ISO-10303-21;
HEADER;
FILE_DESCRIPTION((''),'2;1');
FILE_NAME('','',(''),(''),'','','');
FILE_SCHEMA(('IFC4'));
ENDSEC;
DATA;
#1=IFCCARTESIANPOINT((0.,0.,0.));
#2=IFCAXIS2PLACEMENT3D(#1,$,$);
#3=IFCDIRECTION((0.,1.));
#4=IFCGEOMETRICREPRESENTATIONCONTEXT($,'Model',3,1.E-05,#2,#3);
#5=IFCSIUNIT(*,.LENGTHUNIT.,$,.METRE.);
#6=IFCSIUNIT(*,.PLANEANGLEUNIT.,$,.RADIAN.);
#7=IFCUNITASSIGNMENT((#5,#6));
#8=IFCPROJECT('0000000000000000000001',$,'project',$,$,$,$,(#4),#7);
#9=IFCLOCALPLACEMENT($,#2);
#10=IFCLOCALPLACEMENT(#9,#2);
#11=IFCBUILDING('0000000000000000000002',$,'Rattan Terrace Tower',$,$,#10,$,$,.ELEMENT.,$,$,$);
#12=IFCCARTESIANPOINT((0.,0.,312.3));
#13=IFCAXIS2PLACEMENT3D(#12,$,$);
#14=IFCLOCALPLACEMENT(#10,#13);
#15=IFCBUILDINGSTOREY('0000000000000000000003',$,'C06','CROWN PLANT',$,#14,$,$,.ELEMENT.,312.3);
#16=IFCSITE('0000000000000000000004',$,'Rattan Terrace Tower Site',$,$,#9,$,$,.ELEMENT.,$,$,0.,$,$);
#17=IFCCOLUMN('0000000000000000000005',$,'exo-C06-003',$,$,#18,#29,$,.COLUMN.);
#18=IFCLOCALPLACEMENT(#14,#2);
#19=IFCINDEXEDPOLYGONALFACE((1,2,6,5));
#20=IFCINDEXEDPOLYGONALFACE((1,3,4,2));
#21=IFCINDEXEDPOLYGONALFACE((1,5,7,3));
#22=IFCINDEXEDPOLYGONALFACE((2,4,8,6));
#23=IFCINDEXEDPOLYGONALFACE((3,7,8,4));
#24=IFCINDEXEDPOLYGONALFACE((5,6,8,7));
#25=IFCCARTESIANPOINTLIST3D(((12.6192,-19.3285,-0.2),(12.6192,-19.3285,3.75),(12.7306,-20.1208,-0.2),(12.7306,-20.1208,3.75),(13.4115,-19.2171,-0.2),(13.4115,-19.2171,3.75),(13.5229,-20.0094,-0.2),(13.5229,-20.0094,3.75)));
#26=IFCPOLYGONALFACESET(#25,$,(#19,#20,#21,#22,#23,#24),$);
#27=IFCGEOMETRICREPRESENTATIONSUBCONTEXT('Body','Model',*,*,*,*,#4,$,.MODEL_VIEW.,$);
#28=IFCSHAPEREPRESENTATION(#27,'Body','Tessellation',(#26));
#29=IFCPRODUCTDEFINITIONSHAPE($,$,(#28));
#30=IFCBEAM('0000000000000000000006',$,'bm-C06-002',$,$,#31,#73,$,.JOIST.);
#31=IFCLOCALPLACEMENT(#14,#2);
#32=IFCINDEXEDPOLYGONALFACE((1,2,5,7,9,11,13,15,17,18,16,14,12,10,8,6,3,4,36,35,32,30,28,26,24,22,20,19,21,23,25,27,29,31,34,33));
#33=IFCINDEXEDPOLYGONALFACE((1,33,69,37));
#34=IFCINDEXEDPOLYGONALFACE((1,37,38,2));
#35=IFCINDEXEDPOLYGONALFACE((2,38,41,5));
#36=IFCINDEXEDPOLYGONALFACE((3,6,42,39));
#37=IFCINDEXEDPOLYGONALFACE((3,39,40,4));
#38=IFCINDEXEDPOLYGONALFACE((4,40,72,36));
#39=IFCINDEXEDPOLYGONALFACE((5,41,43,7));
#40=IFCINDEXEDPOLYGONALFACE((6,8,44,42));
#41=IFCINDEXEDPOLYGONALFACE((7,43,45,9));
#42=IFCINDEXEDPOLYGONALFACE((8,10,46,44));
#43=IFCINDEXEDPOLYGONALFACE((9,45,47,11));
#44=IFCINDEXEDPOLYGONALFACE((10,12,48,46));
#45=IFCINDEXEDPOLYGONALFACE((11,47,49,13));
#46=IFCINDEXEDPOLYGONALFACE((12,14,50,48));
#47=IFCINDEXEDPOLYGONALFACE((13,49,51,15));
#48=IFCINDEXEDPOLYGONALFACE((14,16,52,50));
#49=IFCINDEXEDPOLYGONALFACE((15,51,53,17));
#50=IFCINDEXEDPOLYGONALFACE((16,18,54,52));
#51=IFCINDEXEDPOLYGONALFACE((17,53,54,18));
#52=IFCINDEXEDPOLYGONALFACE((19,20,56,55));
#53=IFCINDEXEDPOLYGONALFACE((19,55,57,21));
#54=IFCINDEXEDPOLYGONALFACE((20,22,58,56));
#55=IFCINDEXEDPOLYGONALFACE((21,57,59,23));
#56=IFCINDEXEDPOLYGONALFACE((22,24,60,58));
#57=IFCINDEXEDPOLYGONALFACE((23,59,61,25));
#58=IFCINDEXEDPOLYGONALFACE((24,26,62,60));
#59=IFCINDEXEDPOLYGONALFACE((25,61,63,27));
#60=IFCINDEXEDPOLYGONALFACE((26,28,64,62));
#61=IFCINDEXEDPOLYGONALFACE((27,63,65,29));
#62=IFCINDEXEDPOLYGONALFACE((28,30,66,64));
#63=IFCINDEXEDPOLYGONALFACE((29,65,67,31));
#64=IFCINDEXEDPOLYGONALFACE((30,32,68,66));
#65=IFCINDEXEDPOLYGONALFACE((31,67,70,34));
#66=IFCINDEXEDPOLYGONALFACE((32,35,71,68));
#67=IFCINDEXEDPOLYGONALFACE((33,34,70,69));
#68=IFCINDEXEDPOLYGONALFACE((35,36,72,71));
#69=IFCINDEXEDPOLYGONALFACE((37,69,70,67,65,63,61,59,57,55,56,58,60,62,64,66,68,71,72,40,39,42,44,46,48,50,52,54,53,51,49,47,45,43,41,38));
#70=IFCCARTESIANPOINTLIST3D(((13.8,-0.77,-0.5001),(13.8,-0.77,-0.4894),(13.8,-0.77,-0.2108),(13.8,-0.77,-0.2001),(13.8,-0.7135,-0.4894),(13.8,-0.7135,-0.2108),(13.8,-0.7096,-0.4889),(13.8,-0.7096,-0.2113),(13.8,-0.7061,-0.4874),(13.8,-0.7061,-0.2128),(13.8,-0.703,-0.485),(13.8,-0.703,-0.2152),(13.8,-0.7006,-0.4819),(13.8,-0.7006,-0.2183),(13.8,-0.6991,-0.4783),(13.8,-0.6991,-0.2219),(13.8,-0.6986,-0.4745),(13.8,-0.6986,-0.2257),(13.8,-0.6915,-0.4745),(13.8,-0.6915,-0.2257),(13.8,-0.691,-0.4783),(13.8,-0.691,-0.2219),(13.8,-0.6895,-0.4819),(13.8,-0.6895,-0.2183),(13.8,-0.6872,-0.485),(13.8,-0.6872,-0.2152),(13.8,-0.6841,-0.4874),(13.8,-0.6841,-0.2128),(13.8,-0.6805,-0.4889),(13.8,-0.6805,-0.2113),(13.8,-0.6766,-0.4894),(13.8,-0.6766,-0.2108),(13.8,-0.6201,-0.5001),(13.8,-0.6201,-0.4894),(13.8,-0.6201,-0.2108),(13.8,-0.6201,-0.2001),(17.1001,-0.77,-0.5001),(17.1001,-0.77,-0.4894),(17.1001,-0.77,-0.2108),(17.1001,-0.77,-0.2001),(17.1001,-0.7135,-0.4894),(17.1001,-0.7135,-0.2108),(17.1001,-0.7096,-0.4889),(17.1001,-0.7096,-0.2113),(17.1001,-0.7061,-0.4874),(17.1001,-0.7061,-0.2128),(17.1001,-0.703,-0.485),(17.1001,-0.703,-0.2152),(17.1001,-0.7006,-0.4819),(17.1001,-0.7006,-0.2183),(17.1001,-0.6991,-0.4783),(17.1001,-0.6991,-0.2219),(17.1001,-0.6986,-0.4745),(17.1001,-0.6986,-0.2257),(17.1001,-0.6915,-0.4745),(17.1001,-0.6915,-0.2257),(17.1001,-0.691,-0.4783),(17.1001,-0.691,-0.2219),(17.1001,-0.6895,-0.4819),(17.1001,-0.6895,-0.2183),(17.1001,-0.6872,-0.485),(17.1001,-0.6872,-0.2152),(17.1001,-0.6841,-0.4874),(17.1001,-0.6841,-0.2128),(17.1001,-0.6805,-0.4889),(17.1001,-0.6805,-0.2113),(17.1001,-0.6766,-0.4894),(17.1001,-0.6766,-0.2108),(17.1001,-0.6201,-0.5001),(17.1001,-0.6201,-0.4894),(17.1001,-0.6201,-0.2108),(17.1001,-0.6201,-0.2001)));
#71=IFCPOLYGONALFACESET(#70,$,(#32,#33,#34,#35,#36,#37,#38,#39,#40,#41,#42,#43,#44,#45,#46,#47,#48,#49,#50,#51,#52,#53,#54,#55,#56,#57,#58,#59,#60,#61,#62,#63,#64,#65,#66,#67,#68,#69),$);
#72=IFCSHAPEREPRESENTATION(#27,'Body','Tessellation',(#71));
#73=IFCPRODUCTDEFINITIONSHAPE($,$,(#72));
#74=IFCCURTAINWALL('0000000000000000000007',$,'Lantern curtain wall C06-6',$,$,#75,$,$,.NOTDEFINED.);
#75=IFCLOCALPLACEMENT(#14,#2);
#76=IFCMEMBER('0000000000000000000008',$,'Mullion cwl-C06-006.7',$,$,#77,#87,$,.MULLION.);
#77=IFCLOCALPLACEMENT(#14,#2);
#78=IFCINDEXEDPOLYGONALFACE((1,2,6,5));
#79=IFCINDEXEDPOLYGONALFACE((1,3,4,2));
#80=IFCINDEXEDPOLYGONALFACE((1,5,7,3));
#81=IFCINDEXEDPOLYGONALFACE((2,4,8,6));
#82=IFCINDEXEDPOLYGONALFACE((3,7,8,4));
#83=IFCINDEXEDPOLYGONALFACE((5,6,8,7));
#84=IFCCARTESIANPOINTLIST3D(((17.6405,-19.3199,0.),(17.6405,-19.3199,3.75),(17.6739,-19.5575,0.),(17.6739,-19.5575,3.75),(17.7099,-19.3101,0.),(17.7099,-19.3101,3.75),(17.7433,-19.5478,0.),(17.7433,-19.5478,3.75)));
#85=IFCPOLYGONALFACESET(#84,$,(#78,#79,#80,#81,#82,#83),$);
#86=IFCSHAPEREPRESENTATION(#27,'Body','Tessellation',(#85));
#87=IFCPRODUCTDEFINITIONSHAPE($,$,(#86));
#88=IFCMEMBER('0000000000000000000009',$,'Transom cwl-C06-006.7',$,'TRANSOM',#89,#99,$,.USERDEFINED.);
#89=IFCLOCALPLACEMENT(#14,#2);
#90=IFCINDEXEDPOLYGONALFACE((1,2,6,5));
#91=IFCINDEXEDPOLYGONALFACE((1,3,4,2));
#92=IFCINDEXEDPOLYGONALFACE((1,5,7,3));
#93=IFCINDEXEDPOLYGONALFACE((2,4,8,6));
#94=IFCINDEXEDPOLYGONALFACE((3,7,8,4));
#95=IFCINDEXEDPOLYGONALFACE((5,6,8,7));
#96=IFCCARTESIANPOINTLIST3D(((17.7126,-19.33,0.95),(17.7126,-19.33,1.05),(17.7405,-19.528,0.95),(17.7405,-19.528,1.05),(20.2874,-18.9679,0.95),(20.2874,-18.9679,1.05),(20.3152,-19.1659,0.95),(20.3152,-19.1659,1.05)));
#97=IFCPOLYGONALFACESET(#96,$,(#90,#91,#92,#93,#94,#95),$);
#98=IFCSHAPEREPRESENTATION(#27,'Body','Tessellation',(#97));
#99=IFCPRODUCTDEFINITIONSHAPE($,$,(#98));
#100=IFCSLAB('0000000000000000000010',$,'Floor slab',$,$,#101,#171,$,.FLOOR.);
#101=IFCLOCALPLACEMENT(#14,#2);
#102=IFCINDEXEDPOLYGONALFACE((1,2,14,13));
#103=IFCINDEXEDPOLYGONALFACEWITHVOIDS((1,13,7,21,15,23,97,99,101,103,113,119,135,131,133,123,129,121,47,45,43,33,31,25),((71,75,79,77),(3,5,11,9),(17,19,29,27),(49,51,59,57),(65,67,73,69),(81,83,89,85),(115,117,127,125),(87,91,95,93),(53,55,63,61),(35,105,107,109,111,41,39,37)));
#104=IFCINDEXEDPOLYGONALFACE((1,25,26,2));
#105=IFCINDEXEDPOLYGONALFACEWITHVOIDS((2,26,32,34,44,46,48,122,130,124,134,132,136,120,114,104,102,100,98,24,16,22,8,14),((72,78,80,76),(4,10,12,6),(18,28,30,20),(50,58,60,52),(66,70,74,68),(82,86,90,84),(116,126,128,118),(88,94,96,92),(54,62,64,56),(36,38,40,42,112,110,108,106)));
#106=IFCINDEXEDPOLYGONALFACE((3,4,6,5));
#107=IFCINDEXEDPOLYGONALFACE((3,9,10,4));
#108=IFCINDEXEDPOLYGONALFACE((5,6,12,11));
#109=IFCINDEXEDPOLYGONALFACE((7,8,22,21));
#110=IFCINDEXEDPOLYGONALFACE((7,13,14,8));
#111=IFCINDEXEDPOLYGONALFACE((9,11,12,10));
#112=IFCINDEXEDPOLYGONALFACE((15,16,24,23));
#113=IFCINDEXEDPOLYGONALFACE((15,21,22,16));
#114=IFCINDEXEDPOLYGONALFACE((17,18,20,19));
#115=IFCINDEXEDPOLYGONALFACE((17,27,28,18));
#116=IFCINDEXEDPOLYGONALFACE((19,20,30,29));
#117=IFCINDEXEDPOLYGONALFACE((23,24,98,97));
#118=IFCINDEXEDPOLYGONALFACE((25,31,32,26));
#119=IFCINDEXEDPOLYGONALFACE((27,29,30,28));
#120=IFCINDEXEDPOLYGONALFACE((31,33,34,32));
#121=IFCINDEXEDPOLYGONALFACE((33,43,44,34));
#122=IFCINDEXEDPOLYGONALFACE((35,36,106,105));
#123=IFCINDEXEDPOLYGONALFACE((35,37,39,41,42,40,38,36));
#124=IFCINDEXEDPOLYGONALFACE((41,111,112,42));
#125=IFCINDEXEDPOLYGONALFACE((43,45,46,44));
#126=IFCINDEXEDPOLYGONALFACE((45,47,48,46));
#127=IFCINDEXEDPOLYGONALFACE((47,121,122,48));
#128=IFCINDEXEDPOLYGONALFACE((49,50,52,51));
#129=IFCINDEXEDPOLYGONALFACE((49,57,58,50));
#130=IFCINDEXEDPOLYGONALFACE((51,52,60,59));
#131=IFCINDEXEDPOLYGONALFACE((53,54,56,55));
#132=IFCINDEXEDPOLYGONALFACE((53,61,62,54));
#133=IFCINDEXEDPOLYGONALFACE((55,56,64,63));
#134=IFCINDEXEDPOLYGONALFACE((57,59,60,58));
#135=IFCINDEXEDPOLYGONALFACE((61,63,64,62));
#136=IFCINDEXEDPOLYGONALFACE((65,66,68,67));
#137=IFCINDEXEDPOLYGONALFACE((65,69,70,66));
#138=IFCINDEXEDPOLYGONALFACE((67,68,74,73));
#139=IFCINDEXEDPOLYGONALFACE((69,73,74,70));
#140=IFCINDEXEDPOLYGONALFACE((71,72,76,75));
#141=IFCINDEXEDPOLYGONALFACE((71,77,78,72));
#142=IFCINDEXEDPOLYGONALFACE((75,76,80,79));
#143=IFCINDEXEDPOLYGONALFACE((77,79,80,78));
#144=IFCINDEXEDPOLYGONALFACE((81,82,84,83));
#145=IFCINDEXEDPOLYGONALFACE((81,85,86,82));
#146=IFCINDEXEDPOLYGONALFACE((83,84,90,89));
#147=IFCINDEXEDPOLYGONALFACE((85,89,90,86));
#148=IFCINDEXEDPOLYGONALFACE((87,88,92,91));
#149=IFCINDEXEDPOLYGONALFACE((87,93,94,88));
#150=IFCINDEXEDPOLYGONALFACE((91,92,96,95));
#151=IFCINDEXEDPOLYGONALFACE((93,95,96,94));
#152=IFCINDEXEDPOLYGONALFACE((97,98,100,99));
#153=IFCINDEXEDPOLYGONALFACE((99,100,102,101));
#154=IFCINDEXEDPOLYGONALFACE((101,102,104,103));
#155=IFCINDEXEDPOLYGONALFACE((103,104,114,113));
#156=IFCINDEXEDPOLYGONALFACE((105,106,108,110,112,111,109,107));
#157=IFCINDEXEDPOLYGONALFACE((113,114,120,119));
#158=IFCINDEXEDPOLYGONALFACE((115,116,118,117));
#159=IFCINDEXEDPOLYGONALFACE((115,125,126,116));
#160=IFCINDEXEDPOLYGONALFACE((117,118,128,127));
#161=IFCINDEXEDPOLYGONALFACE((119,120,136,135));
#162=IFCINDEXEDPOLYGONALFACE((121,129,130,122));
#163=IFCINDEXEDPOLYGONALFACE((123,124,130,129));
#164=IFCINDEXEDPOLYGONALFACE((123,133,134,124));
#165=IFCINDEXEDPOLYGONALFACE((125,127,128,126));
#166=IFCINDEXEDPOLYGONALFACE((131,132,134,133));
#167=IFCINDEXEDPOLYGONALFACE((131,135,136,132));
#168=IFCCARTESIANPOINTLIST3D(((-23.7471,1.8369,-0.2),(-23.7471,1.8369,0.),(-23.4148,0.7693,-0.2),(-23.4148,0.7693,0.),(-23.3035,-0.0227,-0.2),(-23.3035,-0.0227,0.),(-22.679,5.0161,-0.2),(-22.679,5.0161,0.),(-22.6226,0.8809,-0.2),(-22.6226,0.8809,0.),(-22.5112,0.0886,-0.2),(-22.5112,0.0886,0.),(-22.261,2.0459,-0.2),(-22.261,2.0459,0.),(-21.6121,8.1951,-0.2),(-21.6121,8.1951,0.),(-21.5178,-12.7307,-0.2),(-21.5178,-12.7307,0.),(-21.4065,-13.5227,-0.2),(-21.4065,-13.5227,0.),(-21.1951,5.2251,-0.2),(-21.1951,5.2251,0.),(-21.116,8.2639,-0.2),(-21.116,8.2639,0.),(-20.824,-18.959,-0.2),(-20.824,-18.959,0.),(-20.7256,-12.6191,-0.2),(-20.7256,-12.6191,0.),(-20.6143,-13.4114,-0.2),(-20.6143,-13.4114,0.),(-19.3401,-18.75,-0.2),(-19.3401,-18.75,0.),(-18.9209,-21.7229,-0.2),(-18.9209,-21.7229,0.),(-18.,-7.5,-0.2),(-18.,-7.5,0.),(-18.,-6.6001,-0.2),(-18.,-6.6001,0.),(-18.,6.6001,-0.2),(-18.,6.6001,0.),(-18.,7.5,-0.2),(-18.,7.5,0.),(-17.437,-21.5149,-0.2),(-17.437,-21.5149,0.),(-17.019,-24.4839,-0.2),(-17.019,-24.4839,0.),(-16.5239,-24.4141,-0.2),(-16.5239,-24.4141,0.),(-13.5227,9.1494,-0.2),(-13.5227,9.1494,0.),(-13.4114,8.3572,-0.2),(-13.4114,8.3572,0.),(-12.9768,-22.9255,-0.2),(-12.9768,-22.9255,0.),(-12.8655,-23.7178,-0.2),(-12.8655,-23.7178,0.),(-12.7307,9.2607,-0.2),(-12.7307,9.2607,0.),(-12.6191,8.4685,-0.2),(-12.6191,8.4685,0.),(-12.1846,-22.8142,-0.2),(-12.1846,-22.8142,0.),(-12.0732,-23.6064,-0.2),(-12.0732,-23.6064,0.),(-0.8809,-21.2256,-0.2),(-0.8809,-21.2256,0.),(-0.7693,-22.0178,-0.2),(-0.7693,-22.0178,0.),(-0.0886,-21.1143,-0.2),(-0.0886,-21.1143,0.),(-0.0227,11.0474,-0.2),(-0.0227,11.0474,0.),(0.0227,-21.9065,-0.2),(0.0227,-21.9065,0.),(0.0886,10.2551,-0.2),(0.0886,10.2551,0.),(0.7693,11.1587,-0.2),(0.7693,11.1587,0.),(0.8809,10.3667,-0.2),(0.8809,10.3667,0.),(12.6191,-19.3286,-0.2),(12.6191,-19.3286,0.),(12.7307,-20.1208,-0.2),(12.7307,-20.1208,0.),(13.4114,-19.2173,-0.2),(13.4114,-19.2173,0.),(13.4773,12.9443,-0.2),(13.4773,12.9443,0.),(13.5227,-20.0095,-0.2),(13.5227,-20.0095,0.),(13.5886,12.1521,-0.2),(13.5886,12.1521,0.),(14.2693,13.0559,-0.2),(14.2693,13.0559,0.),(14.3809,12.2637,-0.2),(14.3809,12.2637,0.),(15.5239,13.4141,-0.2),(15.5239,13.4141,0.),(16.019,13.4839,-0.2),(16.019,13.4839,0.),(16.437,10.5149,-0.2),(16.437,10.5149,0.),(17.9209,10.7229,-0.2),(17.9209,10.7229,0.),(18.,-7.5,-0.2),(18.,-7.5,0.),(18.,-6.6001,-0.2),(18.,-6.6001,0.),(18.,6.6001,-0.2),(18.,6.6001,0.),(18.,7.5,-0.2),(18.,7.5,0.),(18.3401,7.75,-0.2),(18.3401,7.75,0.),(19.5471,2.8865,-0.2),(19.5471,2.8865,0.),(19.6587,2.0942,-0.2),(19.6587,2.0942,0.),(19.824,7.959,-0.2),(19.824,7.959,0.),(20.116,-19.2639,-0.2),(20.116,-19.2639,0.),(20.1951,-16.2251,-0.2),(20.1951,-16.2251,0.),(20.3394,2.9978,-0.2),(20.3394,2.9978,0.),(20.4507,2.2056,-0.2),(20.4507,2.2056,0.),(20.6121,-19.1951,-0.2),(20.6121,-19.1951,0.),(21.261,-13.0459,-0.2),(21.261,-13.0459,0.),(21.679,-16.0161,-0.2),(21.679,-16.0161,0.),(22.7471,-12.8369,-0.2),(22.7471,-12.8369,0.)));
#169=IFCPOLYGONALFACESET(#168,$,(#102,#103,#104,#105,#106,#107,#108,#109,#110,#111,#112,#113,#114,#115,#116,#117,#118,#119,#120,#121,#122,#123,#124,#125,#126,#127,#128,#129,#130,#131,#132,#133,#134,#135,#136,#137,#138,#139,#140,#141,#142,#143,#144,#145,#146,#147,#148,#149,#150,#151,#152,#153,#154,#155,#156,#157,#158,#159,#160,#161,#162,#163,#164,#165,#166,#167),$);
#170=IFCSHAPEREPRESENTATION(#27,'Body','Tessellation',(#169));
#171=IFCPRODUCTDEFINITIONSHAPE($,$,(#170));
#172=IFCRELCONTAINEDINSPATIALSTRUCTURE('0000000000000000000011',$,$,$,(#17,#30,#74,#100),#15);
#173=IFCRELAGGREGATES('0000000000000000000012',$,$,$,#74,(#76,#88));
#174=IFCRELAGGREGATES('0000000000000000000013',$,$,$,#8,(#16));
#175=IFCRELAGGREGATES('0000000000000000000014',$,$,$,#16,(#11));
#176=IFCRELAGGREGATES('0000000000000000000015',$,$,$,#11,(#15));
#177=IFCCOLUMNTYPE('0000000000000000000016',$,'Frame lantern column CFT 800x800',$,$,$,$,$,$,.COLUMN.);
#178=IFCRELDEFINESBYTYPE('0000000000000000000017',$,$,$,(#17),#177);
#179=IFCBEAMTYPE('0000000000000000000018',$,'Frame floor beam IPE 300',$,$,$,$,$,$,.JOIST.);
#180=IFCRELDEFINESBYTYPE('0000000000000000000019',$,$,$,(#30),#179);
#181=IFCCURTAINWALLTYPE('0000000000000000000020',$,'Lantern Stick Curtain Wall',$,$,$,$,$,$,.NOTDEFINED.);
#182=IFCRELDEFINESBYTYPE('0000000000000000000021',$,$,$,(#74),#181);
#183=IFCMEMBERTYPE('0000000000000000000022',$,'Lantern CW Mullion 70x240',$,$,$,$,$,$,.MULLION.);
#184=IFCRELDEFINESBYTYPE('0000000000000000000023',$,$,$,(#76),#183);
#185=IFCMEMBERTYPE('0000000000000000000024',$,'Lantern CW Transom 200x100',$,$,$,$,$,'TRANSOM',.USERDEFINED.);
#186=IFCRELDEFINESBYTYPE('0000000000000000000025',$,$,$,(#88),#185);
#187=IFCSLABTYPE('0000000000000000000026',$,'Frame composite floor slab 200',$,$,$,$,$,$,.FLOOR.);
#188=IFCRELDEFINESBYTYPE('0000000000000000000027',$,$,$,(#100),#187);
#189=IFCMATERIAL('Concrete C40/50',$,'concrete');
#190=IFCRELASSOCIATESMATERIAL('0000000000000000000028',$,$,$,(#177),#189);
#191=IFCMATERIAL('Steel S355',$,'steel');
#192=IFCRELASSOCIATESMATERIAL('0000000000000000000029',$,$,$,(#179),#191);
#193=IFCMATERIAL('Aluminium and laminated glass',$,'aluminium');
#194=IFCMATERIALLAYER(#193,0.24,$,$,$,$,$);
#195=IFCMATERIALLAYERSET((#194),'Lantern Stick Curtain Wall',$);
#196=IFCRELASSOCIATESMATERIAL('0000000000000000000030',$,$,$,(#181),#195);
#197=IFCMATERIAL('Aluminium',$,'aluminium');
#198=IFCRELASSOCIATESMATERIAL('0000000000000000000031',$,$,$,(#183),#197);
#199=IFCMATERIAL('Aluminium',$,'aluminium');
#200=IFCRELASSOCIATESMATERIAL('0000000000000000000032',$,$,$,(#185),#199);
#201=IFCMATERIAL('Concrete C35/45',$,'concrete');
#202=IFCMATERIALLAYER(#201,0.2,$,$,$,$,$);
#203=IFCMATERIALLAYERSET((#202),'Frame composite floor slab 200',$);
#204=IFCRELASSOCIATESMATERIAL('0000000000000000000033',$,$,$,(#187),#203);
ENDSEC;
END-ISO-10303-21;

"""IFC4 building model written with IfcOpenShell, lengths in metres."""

from ifc_helpers import new_model, si_unit, direction, frame, origin, origin_2d, place, context, subcontext, project, spatial, polyline, rectangle, i_section, outline, extrude, material, layer, layer_set, material_profile, profile_set, type_object, element, aggregate, save


model = new_model("IFC4")

# Units and contexts
model_context = context("Model", 3, precision=1e-05, world=origin(), true_north=direction((0.0, 1.0)))
body_context = subcontext(model_context, "Body", "Model", "MODEL_VIEW")
ifc_project = project(units=[si_unit("LENGTHUNIT", "METRE"), si_unit("PLANEANGLEUNIT", "RADIAN")], contexts=[model_context])

# Site, building, storey
site_placement = place(None, origin())
site = spatial("IfcSite", under=ifc_project, at=site_placement, Name="Rattan Terrace Tower Site", CompositionType="ELEMENT", RefElevation=0.0)
building_placement = place(site_placement, origin())
building = spatial("IfcBuilding", under=site, at=building_placement, Name="Rattan Terrace Tower", CompositionType="ELEMENT")
storey_placement = place(building_placement, frame((0.0, 0.0, 312.3)))
storey = spatial("IfcBuildingStorey", under=building, at=storey_placement, Name="C06", Description="CROWN PLANT", CompositionType="ELEMENT", Elevation=312.3)

# Column
ifc_material_1 = material(Name="Concrete C40/50", Category="concrete")
ifc_material_profile_1 = material_profile(ifc_material_1, rectangle(XDim=0.8, YDim=0.8, at=origin_2d()), Name="CFT 800x800")
ifc_profile_set_1 = profile_set([ifc_material_profile_1], Name="Concrete C40/50")
column_type = type_object("IfcColumnType", Name="Frame lantern column CFT 800x800", PredefinedType="COLUMN", material=ifc_profile_set_1)
column_placement = place(storey_placement, frame((13.071, -19.6689, -0.2), z_axis=(0.0, 0.0, 1.0), x_axis=(0.990266, 0.13919, 0.0)))
element("IfcColumn", 1, at=column_placement, inside=storey, type_object=column_type, Name="exo-C06-003", PredefinedType="COLUMN", context=body_context, shape_type="SweptSolid", body=[
    extrude(rectangle(XDim=0.8, YDim=0.8, at=origin_2d()), origin(), (0.0, 0.0, 1.0), 3.95),
])

# Beam
ifc_material_2 = material(Name="Steel S355", Category="steel")
ifc_material_profile_2 = material_profile(ifc_material_2, i_section(OverallWidth=0.1499, OverallDepth=0.3, WebThickness=0.0071, FlangeThickness=0.0107, FilletRadius=0.0149, at=origin_2d()), Name="IPE 300")
ifc_profile_set_2 = profile_set([ifc_material_profile_2], Name="Steel S355")
beam_type = type_object("IfcBeamType", Name="Frame floor beam IPE 300", PredefinedType="JOIST", material=ifc_profile_set_2)
beam_placement = place(storey_placement, frame((13.8, -0.6951, -0.3501), z_axis=(1.0, 0.0, 0.0), x_axis=(0.0, 1.0, 0.0)))
element("IfcBeam", 2, at=beam_placement, inside=storey, type_object=beam_type, Name="bm-C06-002", PredefinedType="JOIST", context=body_context, shape_type="SweptSolid", body=[
    extrude(i_section(OverallWidth=0.1499, OverallDepth=0.3, WebThickness=0.0071, FlangeThickness=0.0107, FilletRadius=0.0149, at=origin_2d()), origin(), (0.0, 0.0, 1.0), 3.3),
])

# Curtain wall, members
ifc_material_3 = material(Name="Aluminium and laminated glass", Category="aluminium")
ifc_layer_1 = layer(ifc_material_3, 0.24)
ifc_layer_set_1 = layer_set([ifc_layer_1], Name="Lantern Stick Curtain Wall")
curtain_wall_type = type_object("IfcCurtainWallType", Name="Lantern Stick Curtain Wall", PredefinedType="NOTDEFINED", material=ifc_layer_set_1)
curtain_wall_placement = place(storey_placement, origin())
curtain_wall = element("IfcCurtainWall", 3, at=curtain_wall_placement, inside=storey, type_object=curtain_wall_type, Name="Lantern curtain wall C06-6", PredefinedType="NOTDEFINED")
ifc_material_4 = material(Name="Aluminium", Category="aluminium")
ifc_material_profile_3 = material_profile(ifc_material_4, rectangle(XDim=0.0701, YDim=0.24, at=origin_2d()), Name="Aluminium 70x240")
ifc_profile_set_3 = profile_set([ifc_material_profile_3], Name="Aluminium")
member_type_1 = type_object("IfcMemberType", Name="Lantern CW Mullion 70x240", PredefinedType="MULLION", material=ifc_profile_set_3)
member_1_placement = place(storey_placement, frame((17.6919, -19.4338, 0.0), z_axis=(0.0, 0.0, 1.0), x_axis=(0.990267, 0.139181, 0.0)))
member_1 = element("IfcMember", 4, at=member_1_placement, type_object=member_type_1, Name="Mullion cwl-C06-006.7", PredefinedType="MULLION", context=body_context, shape_type="SweptSolid", body=[
    extrude(rectangle(XDim=0.0701, YDim=0.24, at=origin_2d()), origin(), (0.0, 0.0, 1.0), 3.75),
])
ifc_material_5 = material(Name="Aluminium", Category="aluminium")
ifc_material_profile_4 = material_profile(ifc_material_5, rectangle(XDim=0.2, YDim=0.1001, at=origin_2d()), Name="Aluminium 200x100")
ifc_profile_set_4 = profile_set([ifc_material_profile_4], Name="Aluminium")
member_type_2 = type_object("IfcMemberType", Name="Lantern CW Transom 200x100", ElementType="TRANSOM", PredefinedType="USERDEFINED", material=ifc_profile_set_4)
member_2_placement = place(storey_placement, frame((17.7266, -19.429, 1.0), z_axis=(0.990257, 0.139252, 0.0), x_axis=(-0.139252, 0.990257, 0.0)))
member_2 = element("IfcMember", 5, at=member_2_placement, type_object=member_type_2, Name="Transom cwl-C06-006.7", ObjectType="TRANSOM", PredefinedType="USERDEFINED", context=body_context, shape_type="SweptSolid", body=[
    extrude(rectangle(XDim=0.2, YDim=0.1001, at=origin_2d()), origin(), (0.0, 0.0, 1.0), 2.6001),
])

# Slab
ifc_material_6 = material(Name="Concrete C35/45", Category="concrete")
ifc_layer_2 = layer(ifc_material_6, 0.2)
ifc_layer_set_2 = layer_set([ifc_layer_2], Name="Frame composite floor slab 200")
slab_type = type_object("IfcSlabType", Name="Frame composite floor slab 200", PredefinedType="FLOOR", material=ifc_layer_set_2)
slab_placement = place(storey_placement, frame((0.0, 0.0, -0.2)))
element("IfcSlab", 6, at=slab_placement, inside=storey, type_object=slab_type, Name="Floor slab", PredefinedType="FLOOR", context=body_context, shape_type="SweptSolid", body=[
    extrude(outline(polyline([(-22.261, 2.0459), (-23.7471, 1.8369), (-20.824, -18.959), (-19.3401, -18.75), (-18.9209, -21.7229), (-17.437, -21.5149), (-17.019, -24.4839), (-16.5239, -24.4141), (20.116, -19.2639), (20.6121, -19.1951), (20.1951, -16.2251), (21.679, -16.0161), (21.261, -13.0459), (22.7471, -12.8369), (19.824, 7.959), (18.3401, 7.75), (17.9209, 10.7229), (16.437, 10.5149), (16.019, 13.4839), (15.5239, 13.4141), (-21.116, 8.2639), (-21.6121, 8.1951), (-21.1951, 5.2251), (-22.679, 5.0161), (-22.261, 2.0459)]), holes=[polyline([(-12.0732, -23.6064), (-12.1846, -22.8142), (-12.9768, -22.9255), (-12.8655, -23.7178), (-12.0732, -23.6064)]), polyline([(0.0227, -21.9065), (-0.0886, -21.1143), (-0.8809, -21.2256), (-0.7693, -22.0178), (0.0227, -21.9065)]), polyline([(-20.7256, -12.6191), (-21.5178, -12.7307), (-21.4065, -13.5227), (-20.6143, -13.4114), (-20.7256, -12.6191)]), polyline([(-18.0, -6.6001), (-18.0, -7.5), (18.0, -7.5), (18.0, -6.6001), (18.0, 6.6001), (18.0, 7.5), (-18.0, 7.5), (-18.0, 6.6001), (-18.0, -6.6001)]), polyline([(-22.5112, 0.0886), (-22.6226, 0.8809), (-23.4148, 0.7693), (-23.3035, -0.0227), (-22.5112, 0.0886)]), polyline([(-12.6191, 8.4685), (-12.7307, 9.2607), (-13.5227, 9.1494), (-13.4114, 8.3572), (-12.6191, 8.4685)]), polyline([(13.5227, -20.0095), (13.4114, -19.2173), (12.6191, -19.3286), (12.7307, -20.1208), (13.5227, -20.0095)]), polyline([(20.4507, 2.2056), (20.3394, 2.9978), (19.5471, 2.8865), (19.6587, 2.0942), (20.4507, 2.2056)]), polyline([(0.0886, 10.2551), (0.8809, 10.3667), (0.7693, 11.1587), (-0.0227, 11.0474), (0.0886, 10.2551)]), polyline([(13.5886, 12.1521), (14.3809, 12.2637), (14.2693, 13.0559), (13.4773, 12.9443), (13.5886, 12.1521)])]), origin(), (0.0, 0.0, 1.0), 0.2),
])

aggregate(curtain_wall, [member_1, member_2])

save(model, "model.ifc")
